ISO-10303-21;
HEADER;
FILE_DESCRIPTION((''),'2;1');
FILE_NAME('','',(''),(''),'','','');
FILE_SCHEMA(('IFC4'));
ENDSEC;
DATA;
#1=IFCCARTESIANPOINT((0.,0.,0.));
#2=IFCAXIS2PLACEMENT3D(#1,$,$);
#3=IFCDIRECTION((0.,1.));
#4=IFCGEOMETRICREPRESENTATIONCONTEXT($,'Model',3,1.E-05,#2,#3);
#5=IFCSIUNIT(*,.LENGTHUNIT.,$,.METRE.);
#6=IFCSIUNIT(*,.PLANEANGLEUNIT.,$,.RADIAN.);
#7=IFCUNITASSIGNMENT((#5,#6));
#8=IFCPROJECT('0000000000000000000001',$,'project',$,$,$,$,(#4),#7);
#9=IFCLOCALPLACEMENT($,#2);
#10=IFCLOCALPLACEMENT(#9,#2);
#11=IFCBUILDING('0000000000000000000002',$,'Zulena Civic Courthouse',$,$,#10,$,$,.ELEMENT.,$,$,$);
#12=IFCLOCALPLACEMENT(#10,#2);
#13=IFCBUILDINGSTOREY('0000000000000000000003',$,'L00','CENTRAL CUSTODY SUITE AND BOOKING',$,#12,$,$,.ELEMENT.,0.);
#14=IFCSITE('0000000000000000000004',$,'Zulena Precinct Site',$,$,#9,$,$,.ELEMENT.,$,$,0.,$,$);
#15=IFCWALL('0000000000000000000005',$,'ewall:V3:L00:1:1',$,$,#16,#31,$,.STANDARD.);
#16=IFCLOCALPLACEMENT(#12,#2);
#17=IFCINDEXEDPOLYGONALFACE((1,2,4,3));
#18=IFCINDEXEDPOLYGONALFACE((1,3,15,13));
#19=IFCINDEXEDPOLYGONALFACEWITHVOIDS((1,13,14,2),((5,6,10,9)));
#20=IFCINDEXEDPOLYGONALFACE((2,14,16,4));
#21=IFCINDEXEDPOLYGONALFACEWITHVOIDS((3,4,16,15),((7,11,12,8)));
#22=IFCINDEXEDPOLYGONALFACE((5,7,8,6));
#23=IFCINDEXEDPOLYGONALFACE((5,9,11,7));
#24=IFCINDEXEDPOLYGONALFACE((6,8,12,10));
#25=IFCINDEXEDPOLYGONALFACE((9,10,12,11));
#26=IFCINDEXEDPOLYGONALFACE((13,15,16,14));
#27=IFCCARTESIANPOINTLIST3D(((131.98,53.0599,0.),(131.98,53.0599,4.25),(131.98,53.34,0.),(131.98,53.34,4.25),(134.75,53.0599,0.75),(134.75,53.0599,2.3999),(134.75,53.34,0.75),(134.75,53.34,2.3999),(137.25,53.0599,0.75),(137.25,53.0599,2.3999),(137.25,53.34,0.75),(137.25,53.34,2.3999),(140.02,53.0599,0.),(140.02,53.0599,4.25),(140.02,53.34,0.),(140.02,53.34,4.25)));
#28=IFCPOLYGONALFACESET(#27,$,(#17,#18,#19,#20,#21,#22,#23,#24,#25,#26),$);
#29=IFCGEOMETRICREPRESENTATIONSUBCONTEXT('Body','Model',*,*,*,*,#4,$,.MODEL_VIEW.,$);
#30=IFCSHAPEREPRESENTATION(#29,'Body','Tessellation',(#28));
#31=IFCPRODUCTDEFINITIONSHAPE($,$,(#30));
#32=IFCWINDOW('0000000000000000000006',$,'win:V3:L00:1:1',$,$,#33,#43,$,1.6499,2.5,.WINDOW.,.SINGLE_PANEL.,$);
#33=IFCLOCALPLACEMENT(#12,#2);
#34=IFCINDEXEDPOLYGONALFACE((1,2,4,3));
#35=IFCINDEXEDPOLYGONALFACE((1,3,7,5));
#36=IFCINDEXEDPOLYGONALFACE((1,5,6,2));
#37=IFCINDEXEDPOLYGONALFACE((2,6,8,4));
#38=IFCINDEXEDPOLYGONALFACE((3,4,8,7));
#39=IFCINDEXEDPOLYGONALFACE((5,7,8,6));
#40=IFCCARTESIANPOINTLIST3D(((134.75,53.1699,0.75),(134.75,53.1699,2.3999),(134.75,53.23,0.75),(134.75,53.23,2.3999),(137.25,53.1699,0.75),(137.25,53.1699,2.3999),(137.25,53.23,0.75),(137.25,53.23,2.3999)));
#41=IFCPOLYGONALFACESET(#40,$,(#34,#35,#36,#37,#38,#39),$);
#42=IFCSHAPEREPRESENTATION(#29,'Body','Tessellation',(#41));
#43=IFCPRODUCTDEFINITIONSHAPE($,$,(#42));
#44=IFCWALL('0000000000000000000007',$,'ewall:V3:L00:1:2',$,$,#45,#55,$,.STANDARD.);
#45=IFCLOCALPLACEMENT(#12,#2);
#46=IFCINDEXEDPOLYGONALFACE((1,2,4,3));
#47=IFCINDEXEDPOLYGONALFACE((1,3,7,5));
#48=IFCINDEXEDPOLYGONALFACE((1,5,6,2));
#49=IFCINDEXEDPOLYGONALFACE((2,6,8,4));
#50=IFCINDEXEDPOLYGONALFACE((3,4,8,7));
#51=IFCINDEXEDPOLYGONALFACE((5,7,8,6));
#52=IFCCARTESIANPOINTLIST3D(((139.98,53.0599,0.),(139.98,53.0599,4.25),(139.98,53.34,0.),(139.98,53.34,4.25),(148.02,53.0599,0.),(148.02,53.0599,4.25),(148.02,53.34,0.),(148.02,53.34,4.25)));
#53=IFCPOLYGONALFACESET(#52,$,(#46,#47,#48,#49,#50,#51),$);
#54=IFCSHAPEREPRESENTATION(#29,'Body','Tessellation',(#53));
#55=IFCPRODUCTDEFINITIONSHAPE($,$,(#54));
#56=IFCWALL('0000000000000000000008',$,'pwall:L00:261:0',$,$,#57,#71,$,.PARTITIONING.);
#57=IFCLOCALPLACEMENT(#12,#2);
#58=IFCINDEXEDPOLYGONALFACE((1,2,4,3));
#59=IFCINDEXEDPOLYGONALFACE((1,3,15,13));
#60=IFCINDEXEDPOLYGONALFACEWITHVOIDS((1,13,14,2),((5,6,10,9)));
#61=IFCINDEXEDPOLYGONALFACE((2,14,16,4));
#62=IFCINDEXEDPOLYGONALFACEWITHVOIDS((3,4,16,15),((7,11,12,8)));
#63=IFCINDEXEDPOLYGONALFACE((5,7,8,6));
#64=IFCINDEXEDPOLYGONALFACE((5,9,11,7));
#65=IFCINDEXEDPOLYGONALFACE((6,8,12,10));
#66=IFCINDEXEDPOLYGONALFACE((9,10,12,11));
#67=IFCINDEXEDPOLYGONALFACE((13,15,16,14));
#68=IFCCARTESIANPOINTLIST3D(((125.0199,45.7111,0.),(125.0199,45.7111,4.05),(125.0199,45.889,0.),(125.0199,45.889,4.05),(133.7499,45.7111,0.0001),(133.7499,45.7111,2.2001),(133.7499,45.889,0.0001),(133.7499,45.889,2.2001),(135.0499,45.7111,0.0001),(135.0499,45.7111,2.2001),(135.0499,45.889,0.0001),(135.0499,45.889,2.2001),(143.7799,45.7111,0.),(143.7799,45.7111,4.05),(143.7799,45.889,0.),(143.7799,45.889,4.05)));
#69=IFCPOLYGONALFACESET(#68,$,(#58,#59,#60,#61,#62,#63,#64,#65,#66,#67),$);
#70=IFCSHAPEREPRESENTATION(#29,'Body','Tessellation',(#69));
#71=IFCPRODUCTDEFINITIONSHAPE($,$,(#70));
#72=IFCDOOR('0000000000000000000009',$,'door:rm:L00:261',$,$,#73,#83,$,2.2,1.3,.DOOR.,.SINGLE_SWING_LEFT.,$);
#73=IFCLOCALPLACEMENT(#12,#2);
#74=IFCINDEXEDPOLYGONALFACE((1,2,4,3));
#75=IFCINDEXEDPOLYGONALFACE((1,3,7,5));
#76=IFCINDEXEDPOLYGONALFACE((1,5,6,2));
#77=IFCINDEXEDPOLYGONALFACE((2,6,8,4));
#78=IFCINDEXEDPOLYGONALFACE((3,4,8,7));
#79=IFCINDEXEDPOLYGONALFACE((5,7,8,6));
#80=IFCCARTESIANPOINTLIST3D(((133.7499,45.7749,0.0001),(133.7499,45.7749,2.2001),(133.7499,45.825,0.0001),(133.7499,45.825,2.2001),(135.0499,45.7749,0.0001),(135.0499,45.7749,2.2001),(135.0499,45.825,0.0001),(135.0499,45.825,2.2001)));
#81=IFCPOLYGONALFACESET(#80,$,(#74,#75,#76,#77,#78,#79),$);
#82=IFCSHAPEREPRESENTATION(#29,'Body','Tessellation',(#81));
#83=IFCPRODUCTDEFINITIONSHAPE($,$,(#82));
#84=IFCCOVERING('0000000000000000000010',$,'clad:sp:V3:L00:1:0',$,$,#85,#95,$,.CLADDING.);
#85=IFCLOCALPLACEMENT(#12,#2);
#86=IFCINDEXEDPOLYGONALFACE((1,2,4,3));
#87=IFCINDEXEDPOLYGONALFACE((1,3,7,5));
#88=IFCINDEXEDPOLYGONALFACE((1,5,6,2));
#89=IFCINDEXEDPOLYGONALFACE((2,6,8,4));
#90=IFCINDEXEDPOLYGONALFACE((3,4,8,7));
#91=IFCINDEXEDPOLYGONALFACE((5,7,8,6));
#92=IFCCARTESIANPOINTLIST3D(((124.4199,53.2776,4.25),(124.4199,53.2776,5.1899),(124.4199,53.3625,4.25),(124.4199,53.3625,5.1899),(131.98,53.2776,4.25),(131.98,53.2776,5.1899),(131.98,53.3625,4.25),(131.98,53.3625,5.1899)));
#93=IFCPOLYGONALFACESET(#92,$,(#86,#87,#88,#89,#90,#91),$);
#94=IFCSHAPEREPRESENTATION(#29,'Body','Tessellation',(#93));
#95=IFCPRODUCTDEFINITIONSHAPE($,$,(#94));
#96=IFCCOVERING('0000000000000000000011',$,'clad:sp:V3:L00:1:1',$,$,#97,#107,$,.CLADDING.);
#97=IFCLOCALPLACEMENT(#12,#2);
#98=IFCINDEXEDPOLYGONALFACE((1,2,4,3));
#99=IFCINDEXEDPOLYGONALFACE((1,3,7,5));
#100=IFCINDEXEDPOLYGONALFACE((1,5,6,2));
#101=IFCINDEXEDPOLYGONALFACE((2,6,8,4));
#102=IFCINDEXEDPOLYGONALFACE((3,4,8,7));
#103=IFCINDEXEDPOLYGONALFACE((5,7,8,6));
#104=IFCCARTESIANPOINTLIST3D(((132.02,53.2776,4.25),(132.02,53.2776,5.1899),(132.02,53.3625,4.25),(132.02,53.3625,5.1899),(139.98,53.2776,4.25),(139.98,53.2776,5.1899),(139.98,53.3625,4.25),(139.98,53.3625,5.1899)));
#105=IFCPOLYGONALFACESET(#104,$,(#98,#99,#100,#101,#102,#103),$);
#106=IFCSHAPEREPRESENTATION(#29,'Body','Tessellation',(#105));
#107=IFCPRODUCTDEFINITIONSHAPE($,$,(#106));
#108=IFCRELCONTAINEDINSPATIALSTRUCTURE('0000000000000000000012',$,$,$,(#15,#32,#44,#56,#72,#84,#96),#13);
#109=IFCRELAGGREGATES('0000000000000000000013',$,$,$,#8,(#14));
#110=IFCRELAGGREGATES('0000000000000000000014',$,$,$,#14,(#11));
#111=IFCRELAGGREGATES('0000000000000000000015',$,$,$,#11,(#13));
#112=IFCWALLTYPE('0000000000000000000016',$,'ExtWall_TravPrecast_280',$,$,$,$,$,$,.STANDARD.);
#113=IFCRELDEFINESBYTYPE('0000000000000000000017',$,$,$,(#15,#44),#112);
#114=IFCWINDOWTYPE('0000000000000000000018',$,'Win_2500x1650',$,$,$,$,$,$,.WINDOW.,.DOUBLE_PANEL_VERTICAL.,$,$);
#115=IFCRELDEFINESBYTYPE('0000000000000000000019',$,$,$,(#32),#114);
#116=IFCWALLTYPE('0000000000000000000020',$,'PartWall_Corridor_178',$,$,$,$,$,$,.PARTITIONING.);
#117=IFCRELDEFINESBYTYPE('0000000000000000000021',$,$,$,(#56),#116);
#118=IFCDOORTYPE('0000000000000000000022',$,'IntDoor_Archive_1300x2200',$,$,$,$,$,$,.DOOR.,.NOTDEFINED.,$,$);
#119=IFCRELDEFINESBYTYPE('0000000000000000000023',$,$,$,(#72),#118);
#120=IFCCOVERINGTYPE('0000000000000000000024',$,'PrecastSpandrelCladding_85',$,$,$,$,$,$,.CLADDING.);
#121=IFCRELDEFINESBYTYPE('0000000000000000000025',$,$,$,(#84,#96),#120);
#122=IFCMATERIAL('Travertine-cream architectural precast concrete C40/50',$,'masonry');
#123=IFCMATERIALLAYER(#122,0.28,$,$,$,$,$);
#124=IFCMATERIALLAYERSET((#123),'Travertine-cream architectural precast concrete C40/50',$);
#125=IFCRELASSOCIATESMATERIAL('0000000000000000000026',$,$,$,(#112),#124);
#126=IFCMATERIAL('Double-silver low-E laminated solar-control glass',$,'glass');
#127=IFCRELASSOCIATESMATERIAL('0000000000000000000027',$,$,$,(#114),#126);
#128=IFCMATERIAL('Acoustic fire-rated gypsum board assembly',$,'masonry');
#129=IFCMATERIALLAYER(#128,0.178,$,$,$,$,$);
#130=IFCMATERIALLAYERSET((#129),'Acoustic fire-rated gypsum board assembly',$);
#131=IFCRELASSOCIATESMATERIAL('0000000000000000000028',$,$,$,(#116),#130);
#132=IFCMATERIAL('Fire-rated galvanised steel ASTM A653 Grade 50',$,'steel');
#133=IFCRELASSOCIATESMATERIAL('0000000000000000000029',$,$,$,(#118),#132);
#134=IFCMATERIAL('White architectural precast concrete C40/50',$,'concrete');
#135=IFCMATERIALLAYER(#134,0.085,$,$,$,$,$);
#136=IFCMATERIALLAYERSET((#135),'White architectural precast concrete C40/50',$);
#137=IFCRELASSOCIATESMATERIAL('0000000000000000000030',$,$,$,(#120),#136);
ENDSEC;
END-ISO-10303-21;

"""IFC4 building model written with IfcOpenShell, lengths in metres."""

from ifc_helpers import new_model, si_unit, direction, frame, frame_2d, origin, origin_2d, place, context, subcontext, project, spatial, rectangle, extrude, material, layer, layer_set, type_object, element, fill, save


model = new_model("IFC4")

# Units and contexts
model_context = context("Model", 3, precision=1e-05, world=origin(), true_north=direction((0.0, 1.0)))
body_context = subcontext(model_context, "Body", "Model", "MODEL_VIEW")
ifc_project = project(units=[si_unit("LENGTHUNIT", "METRE"), si_unit("PLANEANGLEUNIT", "RADIAN")], contexts=[model_context])

# Site, building, storey
site_placement = place(None, origin())
site = spatial("IfcSite", under=ifc_project, at=site_placement, Name="Zulena Precinct Site", CompositionType="ELEMENT", RefElevation=0.0)
building_placement = place(site_placement, origin())
building = spatial("IfcBuilding", under=site, at=building_placement, Name="Zulena Civic Courthouse", CompositionType="ELEMENT")
storey_placement = place(building_placement, origin())
storey = spatial("IfcBuildingStorey", under=building, at=storey_placement, Name="L00", Description="CENTRAL CUSTODY SUITE AND BOOKING", CompositionType="ELEMENT", Elevation=0.0)

# Wall, opening, window
ifc_material_1 = material(Name="Travertine-cream architectural precast concrete C40/50", Category="masonry")
ifc_layer_1 = layer(ifc_material_1, 0.28)
ifc_layer_set_1 = layer_set([ifc_layer_1], Name="Travertine-cream architectural precast concrete C40/50")
wall_type_1 = type_object("IfcWallType", Name="ExtWall_TravPrecast_280", PredefinedType="STANDARD", material=ifc_layer_set_1)
wall_1_placement = place(storey_placement, frame((131.98, 53.2, 0.0), z_axis=(0.0, 0.0, 1.0), x_axis=(1.0, 0.0, 0.0)))
wall_1 = element("IfcWall", 1, at=wall_1_placement, inside=storey, type_object=wall_type_1, Name="ewall:V3:L00:1:1", PredefinedType="STANDARD", context=body_context, shape_type="SweptSolid", body=[
    extrude(rectangle(XDim=8.04, YDim=0.28, at=frame_2d((4.02, 0.0))), origin(), (0.0, 0.0, 1.0), 4.25),
])
opening_1_placement = place(wall_1_placement, frame((2.77, 0.0, 0.75)))
opening_1 = element("IfcOpeningElement", 2, at=opening_1_placement, cuts=wall_1, PredefinedType="OPENING", context=body_context, shape_type="SweptSolid", body=[
    extrude(rectangle(XDim=2.5, YDim=1.6499, at=frame_2d((1.25, 0.825))), frame((0.0, 0.1499, 0.0), z_axis=(0.0, -1.0, 0.0), x_axis=(1.0, 0.0, 0.0)), (0.0, 0.0, 1.0), 0.3),
])
ifc_material_2 = material(Name="Double-silver low-E laminated solar-control glass", Category="glass")
window_type = type_object("IfcWindowType", Name="Win_2500x1650", PartitioningType="DOUBLE_PANEL_VERTICAL", PredefinedType="WINDOW", material=ifc_material_2)
window_placement = place(opening_1_placement, origin())
window = element("IfcWindow", 3, at=window_placement, inside=storey, type_object=window_type, Name="win:V3:L00:1:1", OverallHeight=1.6499, OverallWidth=2.5, PartitioningType="SINGLE_PANEL", PredefinedType="WINDOW", context=body_context, shape_type="SweptSolid", body=[
    extrude(rectangle(XDim=2.5, YDim=1.6499, at=frame_2d((1.25, 0.825))), frame((0.0, 0.03, 0.0), z_axis=(0.0, -1.0, 0.0), x_axis=(1.0, 0.0, 0.0)), (0.0, 0.0, 1.0), 0.0601),
])
fill(opening_1, window)

# Wall
wall_2_placement = place(storey_placement, frame((139.98, 53.2, 0.0), z_axis=(0.0, 0.0, 1.0), x_axis=(1.0, 0.0, 0.0)))
element("IfcWall", 4, at=wall_2_placement, inside=storey, type_object=wall_type_1, Name="ewall:V3:L00:1:2", PredefinedType="STANDARD", context=body_context, shape_type="SweptSolid", body=[
    extrude(rectangle(XDim=8.04, YDim=0.28, at=frame_2d((4.02, 0.0))), origin(), (0.0, 0.0, 1.0), 4.25),
])

# Wall, opening, door
ifc_material_3 = material(Name="Acoustic fire-rated gypsum board assembly", Category="masonry")
ifc_layer_2 = layer(ifc_material_3, 0.178)
ifc_layer_set_2 = layer_set([ifc_layer_2], Name="Acoustic fire-rated gypsum board assembly")
wall_type_2 = type_object("IfcWallType", Name="PartWall_Corridor_178", PredefinedType="PARTITIONING", material=ifc_layer_set_2)
wall_3_placement = place(storey_placement, frame((125.02, 45.8, 0.0), z_axis=(0.0, 0.0, 1.0), x_axis=(1.0, 0.0, 0.0)))
wall_3 = element("IfcWall", 5, at=wall_3_placement, inside=storey, type_object=wall_type_2, Name="pwall:L00:261:0", PredefinedType="PARTITIONING", context=body_context, shape_type="SweptSolid", body=[
    extrude(rectangle(XDim=18.76, YDim=0.178, at=frame_2d((9.3799, 0.0))), origin(), (0.0, 0.0, 1.0), 4.05),
])
opening_2_placement = place(wall_3_placement, frame((8.73, 0.0, 0.0)))
opening_2 = element("IfcOpeningElement", 6, at=opening_2_placement, cuts=wall_3, PredefinedType="OPENING", context=body_context, shape_type="SweptSolid", body=[
    extrude(rectangle(XDim=1.3, YDim=2.2, at=frame_2d((0.6499, 1.1001))), frame((0.0, 0.0989, 0.0), z_axis=(0.0, -1.0, 0.0), x_axis=(1.0, 0.0, 0.0)), (0.0, 0.0, 1.0), 0.198),
])
ifc_material_4 = material(Name="Fire-rated galvanised steel ASTM A653 Grade 50", Category="steel")
door_type = type_object("IfcDoorType", Name="IntDoor_Archive_1300x2200", OperationType="NOTDEFINED", PredefinedType="DOOR", material=ifc_material_4)
door_placement = place(opening_2_placement, origin())
door = element("IfcDoor", 7, at=door_placement, inside=storey, type_object=door_type, Name="door:rm:L00:261", OperationType="SINGLE_SWING_LEFT", OverallHeight=2.2, OverallWidth=1.3, PredefinedType="DOOR", context=body_context, shape_type="SweptSolid", body=[
    extrude(rectangle(XDim=1.3, YDim=2.2, at=frame_2d((0.6499, 1.1001))), frame((0.0, 0.0249, 0.0), z_axis=(0.0, -1.0, 0.0), x_axis=(1.0, 0.0, 0.0)), (0.0, 0.0, 1.0), 0.05),
])
fill(opening_2, door)

# Coverings
ifc_material_5 = material(Name="White architectural precast concrete C40/50", Category="concrete")
ifc_layer_3 = layer(ifc_material_5, 0.085)
ifc_layer_set_3 = layer_set([ifc_layer_3], Name="White architectural precast concrete C40/50")
covering_type = type_object("IfcCoveringType", Name="PrecastSpandrelCladding_85", PredefinedType="CLADDING", material=ifc_layer_set_3)
covering_1_placement = place(storey_placement, frame((128.2, 53.3201, 4.25), z_axis=(0.0, 0.0, 1.0), x_axis=(1.0, 0.0, 0.0)))
element("IfcCovering", 8, at=covering_1_placement, inside=storey, type_object=covering_type, Name="clad:sp:V3:L00:1:0", PredefinedType="CLADDING", context=body_context, shape_type="SweptSolid", body=[
    extrude(rectangle(XDim=7.5601, YDim=0.085, at=origin_2d()), origin(), (0.0, 0.0, 1.0), 0.9399),
])
covering_2_placement = place(storey_placement, frame((136.0, 53.3201, 4.25), z_axis=(0.0, 0.0, 1.0), x_axis=(1.0, 0.0, 0.0)))
element("IfcCovering", 9, at=covering_2_placement, inside=storey, type_object=covering_type, Name="clad:sp:V3:L00:1:1", PredefinedType="CLADDING", context=body_context, shape_type="SweptSolid", body=[
    extrude(rectangle(XDim=7.96, YDim=0.085, at=origin_2d()), origin(), (0.0, 0.0, 1.0), 0.9399),
])

save(model, "model.ifc")
